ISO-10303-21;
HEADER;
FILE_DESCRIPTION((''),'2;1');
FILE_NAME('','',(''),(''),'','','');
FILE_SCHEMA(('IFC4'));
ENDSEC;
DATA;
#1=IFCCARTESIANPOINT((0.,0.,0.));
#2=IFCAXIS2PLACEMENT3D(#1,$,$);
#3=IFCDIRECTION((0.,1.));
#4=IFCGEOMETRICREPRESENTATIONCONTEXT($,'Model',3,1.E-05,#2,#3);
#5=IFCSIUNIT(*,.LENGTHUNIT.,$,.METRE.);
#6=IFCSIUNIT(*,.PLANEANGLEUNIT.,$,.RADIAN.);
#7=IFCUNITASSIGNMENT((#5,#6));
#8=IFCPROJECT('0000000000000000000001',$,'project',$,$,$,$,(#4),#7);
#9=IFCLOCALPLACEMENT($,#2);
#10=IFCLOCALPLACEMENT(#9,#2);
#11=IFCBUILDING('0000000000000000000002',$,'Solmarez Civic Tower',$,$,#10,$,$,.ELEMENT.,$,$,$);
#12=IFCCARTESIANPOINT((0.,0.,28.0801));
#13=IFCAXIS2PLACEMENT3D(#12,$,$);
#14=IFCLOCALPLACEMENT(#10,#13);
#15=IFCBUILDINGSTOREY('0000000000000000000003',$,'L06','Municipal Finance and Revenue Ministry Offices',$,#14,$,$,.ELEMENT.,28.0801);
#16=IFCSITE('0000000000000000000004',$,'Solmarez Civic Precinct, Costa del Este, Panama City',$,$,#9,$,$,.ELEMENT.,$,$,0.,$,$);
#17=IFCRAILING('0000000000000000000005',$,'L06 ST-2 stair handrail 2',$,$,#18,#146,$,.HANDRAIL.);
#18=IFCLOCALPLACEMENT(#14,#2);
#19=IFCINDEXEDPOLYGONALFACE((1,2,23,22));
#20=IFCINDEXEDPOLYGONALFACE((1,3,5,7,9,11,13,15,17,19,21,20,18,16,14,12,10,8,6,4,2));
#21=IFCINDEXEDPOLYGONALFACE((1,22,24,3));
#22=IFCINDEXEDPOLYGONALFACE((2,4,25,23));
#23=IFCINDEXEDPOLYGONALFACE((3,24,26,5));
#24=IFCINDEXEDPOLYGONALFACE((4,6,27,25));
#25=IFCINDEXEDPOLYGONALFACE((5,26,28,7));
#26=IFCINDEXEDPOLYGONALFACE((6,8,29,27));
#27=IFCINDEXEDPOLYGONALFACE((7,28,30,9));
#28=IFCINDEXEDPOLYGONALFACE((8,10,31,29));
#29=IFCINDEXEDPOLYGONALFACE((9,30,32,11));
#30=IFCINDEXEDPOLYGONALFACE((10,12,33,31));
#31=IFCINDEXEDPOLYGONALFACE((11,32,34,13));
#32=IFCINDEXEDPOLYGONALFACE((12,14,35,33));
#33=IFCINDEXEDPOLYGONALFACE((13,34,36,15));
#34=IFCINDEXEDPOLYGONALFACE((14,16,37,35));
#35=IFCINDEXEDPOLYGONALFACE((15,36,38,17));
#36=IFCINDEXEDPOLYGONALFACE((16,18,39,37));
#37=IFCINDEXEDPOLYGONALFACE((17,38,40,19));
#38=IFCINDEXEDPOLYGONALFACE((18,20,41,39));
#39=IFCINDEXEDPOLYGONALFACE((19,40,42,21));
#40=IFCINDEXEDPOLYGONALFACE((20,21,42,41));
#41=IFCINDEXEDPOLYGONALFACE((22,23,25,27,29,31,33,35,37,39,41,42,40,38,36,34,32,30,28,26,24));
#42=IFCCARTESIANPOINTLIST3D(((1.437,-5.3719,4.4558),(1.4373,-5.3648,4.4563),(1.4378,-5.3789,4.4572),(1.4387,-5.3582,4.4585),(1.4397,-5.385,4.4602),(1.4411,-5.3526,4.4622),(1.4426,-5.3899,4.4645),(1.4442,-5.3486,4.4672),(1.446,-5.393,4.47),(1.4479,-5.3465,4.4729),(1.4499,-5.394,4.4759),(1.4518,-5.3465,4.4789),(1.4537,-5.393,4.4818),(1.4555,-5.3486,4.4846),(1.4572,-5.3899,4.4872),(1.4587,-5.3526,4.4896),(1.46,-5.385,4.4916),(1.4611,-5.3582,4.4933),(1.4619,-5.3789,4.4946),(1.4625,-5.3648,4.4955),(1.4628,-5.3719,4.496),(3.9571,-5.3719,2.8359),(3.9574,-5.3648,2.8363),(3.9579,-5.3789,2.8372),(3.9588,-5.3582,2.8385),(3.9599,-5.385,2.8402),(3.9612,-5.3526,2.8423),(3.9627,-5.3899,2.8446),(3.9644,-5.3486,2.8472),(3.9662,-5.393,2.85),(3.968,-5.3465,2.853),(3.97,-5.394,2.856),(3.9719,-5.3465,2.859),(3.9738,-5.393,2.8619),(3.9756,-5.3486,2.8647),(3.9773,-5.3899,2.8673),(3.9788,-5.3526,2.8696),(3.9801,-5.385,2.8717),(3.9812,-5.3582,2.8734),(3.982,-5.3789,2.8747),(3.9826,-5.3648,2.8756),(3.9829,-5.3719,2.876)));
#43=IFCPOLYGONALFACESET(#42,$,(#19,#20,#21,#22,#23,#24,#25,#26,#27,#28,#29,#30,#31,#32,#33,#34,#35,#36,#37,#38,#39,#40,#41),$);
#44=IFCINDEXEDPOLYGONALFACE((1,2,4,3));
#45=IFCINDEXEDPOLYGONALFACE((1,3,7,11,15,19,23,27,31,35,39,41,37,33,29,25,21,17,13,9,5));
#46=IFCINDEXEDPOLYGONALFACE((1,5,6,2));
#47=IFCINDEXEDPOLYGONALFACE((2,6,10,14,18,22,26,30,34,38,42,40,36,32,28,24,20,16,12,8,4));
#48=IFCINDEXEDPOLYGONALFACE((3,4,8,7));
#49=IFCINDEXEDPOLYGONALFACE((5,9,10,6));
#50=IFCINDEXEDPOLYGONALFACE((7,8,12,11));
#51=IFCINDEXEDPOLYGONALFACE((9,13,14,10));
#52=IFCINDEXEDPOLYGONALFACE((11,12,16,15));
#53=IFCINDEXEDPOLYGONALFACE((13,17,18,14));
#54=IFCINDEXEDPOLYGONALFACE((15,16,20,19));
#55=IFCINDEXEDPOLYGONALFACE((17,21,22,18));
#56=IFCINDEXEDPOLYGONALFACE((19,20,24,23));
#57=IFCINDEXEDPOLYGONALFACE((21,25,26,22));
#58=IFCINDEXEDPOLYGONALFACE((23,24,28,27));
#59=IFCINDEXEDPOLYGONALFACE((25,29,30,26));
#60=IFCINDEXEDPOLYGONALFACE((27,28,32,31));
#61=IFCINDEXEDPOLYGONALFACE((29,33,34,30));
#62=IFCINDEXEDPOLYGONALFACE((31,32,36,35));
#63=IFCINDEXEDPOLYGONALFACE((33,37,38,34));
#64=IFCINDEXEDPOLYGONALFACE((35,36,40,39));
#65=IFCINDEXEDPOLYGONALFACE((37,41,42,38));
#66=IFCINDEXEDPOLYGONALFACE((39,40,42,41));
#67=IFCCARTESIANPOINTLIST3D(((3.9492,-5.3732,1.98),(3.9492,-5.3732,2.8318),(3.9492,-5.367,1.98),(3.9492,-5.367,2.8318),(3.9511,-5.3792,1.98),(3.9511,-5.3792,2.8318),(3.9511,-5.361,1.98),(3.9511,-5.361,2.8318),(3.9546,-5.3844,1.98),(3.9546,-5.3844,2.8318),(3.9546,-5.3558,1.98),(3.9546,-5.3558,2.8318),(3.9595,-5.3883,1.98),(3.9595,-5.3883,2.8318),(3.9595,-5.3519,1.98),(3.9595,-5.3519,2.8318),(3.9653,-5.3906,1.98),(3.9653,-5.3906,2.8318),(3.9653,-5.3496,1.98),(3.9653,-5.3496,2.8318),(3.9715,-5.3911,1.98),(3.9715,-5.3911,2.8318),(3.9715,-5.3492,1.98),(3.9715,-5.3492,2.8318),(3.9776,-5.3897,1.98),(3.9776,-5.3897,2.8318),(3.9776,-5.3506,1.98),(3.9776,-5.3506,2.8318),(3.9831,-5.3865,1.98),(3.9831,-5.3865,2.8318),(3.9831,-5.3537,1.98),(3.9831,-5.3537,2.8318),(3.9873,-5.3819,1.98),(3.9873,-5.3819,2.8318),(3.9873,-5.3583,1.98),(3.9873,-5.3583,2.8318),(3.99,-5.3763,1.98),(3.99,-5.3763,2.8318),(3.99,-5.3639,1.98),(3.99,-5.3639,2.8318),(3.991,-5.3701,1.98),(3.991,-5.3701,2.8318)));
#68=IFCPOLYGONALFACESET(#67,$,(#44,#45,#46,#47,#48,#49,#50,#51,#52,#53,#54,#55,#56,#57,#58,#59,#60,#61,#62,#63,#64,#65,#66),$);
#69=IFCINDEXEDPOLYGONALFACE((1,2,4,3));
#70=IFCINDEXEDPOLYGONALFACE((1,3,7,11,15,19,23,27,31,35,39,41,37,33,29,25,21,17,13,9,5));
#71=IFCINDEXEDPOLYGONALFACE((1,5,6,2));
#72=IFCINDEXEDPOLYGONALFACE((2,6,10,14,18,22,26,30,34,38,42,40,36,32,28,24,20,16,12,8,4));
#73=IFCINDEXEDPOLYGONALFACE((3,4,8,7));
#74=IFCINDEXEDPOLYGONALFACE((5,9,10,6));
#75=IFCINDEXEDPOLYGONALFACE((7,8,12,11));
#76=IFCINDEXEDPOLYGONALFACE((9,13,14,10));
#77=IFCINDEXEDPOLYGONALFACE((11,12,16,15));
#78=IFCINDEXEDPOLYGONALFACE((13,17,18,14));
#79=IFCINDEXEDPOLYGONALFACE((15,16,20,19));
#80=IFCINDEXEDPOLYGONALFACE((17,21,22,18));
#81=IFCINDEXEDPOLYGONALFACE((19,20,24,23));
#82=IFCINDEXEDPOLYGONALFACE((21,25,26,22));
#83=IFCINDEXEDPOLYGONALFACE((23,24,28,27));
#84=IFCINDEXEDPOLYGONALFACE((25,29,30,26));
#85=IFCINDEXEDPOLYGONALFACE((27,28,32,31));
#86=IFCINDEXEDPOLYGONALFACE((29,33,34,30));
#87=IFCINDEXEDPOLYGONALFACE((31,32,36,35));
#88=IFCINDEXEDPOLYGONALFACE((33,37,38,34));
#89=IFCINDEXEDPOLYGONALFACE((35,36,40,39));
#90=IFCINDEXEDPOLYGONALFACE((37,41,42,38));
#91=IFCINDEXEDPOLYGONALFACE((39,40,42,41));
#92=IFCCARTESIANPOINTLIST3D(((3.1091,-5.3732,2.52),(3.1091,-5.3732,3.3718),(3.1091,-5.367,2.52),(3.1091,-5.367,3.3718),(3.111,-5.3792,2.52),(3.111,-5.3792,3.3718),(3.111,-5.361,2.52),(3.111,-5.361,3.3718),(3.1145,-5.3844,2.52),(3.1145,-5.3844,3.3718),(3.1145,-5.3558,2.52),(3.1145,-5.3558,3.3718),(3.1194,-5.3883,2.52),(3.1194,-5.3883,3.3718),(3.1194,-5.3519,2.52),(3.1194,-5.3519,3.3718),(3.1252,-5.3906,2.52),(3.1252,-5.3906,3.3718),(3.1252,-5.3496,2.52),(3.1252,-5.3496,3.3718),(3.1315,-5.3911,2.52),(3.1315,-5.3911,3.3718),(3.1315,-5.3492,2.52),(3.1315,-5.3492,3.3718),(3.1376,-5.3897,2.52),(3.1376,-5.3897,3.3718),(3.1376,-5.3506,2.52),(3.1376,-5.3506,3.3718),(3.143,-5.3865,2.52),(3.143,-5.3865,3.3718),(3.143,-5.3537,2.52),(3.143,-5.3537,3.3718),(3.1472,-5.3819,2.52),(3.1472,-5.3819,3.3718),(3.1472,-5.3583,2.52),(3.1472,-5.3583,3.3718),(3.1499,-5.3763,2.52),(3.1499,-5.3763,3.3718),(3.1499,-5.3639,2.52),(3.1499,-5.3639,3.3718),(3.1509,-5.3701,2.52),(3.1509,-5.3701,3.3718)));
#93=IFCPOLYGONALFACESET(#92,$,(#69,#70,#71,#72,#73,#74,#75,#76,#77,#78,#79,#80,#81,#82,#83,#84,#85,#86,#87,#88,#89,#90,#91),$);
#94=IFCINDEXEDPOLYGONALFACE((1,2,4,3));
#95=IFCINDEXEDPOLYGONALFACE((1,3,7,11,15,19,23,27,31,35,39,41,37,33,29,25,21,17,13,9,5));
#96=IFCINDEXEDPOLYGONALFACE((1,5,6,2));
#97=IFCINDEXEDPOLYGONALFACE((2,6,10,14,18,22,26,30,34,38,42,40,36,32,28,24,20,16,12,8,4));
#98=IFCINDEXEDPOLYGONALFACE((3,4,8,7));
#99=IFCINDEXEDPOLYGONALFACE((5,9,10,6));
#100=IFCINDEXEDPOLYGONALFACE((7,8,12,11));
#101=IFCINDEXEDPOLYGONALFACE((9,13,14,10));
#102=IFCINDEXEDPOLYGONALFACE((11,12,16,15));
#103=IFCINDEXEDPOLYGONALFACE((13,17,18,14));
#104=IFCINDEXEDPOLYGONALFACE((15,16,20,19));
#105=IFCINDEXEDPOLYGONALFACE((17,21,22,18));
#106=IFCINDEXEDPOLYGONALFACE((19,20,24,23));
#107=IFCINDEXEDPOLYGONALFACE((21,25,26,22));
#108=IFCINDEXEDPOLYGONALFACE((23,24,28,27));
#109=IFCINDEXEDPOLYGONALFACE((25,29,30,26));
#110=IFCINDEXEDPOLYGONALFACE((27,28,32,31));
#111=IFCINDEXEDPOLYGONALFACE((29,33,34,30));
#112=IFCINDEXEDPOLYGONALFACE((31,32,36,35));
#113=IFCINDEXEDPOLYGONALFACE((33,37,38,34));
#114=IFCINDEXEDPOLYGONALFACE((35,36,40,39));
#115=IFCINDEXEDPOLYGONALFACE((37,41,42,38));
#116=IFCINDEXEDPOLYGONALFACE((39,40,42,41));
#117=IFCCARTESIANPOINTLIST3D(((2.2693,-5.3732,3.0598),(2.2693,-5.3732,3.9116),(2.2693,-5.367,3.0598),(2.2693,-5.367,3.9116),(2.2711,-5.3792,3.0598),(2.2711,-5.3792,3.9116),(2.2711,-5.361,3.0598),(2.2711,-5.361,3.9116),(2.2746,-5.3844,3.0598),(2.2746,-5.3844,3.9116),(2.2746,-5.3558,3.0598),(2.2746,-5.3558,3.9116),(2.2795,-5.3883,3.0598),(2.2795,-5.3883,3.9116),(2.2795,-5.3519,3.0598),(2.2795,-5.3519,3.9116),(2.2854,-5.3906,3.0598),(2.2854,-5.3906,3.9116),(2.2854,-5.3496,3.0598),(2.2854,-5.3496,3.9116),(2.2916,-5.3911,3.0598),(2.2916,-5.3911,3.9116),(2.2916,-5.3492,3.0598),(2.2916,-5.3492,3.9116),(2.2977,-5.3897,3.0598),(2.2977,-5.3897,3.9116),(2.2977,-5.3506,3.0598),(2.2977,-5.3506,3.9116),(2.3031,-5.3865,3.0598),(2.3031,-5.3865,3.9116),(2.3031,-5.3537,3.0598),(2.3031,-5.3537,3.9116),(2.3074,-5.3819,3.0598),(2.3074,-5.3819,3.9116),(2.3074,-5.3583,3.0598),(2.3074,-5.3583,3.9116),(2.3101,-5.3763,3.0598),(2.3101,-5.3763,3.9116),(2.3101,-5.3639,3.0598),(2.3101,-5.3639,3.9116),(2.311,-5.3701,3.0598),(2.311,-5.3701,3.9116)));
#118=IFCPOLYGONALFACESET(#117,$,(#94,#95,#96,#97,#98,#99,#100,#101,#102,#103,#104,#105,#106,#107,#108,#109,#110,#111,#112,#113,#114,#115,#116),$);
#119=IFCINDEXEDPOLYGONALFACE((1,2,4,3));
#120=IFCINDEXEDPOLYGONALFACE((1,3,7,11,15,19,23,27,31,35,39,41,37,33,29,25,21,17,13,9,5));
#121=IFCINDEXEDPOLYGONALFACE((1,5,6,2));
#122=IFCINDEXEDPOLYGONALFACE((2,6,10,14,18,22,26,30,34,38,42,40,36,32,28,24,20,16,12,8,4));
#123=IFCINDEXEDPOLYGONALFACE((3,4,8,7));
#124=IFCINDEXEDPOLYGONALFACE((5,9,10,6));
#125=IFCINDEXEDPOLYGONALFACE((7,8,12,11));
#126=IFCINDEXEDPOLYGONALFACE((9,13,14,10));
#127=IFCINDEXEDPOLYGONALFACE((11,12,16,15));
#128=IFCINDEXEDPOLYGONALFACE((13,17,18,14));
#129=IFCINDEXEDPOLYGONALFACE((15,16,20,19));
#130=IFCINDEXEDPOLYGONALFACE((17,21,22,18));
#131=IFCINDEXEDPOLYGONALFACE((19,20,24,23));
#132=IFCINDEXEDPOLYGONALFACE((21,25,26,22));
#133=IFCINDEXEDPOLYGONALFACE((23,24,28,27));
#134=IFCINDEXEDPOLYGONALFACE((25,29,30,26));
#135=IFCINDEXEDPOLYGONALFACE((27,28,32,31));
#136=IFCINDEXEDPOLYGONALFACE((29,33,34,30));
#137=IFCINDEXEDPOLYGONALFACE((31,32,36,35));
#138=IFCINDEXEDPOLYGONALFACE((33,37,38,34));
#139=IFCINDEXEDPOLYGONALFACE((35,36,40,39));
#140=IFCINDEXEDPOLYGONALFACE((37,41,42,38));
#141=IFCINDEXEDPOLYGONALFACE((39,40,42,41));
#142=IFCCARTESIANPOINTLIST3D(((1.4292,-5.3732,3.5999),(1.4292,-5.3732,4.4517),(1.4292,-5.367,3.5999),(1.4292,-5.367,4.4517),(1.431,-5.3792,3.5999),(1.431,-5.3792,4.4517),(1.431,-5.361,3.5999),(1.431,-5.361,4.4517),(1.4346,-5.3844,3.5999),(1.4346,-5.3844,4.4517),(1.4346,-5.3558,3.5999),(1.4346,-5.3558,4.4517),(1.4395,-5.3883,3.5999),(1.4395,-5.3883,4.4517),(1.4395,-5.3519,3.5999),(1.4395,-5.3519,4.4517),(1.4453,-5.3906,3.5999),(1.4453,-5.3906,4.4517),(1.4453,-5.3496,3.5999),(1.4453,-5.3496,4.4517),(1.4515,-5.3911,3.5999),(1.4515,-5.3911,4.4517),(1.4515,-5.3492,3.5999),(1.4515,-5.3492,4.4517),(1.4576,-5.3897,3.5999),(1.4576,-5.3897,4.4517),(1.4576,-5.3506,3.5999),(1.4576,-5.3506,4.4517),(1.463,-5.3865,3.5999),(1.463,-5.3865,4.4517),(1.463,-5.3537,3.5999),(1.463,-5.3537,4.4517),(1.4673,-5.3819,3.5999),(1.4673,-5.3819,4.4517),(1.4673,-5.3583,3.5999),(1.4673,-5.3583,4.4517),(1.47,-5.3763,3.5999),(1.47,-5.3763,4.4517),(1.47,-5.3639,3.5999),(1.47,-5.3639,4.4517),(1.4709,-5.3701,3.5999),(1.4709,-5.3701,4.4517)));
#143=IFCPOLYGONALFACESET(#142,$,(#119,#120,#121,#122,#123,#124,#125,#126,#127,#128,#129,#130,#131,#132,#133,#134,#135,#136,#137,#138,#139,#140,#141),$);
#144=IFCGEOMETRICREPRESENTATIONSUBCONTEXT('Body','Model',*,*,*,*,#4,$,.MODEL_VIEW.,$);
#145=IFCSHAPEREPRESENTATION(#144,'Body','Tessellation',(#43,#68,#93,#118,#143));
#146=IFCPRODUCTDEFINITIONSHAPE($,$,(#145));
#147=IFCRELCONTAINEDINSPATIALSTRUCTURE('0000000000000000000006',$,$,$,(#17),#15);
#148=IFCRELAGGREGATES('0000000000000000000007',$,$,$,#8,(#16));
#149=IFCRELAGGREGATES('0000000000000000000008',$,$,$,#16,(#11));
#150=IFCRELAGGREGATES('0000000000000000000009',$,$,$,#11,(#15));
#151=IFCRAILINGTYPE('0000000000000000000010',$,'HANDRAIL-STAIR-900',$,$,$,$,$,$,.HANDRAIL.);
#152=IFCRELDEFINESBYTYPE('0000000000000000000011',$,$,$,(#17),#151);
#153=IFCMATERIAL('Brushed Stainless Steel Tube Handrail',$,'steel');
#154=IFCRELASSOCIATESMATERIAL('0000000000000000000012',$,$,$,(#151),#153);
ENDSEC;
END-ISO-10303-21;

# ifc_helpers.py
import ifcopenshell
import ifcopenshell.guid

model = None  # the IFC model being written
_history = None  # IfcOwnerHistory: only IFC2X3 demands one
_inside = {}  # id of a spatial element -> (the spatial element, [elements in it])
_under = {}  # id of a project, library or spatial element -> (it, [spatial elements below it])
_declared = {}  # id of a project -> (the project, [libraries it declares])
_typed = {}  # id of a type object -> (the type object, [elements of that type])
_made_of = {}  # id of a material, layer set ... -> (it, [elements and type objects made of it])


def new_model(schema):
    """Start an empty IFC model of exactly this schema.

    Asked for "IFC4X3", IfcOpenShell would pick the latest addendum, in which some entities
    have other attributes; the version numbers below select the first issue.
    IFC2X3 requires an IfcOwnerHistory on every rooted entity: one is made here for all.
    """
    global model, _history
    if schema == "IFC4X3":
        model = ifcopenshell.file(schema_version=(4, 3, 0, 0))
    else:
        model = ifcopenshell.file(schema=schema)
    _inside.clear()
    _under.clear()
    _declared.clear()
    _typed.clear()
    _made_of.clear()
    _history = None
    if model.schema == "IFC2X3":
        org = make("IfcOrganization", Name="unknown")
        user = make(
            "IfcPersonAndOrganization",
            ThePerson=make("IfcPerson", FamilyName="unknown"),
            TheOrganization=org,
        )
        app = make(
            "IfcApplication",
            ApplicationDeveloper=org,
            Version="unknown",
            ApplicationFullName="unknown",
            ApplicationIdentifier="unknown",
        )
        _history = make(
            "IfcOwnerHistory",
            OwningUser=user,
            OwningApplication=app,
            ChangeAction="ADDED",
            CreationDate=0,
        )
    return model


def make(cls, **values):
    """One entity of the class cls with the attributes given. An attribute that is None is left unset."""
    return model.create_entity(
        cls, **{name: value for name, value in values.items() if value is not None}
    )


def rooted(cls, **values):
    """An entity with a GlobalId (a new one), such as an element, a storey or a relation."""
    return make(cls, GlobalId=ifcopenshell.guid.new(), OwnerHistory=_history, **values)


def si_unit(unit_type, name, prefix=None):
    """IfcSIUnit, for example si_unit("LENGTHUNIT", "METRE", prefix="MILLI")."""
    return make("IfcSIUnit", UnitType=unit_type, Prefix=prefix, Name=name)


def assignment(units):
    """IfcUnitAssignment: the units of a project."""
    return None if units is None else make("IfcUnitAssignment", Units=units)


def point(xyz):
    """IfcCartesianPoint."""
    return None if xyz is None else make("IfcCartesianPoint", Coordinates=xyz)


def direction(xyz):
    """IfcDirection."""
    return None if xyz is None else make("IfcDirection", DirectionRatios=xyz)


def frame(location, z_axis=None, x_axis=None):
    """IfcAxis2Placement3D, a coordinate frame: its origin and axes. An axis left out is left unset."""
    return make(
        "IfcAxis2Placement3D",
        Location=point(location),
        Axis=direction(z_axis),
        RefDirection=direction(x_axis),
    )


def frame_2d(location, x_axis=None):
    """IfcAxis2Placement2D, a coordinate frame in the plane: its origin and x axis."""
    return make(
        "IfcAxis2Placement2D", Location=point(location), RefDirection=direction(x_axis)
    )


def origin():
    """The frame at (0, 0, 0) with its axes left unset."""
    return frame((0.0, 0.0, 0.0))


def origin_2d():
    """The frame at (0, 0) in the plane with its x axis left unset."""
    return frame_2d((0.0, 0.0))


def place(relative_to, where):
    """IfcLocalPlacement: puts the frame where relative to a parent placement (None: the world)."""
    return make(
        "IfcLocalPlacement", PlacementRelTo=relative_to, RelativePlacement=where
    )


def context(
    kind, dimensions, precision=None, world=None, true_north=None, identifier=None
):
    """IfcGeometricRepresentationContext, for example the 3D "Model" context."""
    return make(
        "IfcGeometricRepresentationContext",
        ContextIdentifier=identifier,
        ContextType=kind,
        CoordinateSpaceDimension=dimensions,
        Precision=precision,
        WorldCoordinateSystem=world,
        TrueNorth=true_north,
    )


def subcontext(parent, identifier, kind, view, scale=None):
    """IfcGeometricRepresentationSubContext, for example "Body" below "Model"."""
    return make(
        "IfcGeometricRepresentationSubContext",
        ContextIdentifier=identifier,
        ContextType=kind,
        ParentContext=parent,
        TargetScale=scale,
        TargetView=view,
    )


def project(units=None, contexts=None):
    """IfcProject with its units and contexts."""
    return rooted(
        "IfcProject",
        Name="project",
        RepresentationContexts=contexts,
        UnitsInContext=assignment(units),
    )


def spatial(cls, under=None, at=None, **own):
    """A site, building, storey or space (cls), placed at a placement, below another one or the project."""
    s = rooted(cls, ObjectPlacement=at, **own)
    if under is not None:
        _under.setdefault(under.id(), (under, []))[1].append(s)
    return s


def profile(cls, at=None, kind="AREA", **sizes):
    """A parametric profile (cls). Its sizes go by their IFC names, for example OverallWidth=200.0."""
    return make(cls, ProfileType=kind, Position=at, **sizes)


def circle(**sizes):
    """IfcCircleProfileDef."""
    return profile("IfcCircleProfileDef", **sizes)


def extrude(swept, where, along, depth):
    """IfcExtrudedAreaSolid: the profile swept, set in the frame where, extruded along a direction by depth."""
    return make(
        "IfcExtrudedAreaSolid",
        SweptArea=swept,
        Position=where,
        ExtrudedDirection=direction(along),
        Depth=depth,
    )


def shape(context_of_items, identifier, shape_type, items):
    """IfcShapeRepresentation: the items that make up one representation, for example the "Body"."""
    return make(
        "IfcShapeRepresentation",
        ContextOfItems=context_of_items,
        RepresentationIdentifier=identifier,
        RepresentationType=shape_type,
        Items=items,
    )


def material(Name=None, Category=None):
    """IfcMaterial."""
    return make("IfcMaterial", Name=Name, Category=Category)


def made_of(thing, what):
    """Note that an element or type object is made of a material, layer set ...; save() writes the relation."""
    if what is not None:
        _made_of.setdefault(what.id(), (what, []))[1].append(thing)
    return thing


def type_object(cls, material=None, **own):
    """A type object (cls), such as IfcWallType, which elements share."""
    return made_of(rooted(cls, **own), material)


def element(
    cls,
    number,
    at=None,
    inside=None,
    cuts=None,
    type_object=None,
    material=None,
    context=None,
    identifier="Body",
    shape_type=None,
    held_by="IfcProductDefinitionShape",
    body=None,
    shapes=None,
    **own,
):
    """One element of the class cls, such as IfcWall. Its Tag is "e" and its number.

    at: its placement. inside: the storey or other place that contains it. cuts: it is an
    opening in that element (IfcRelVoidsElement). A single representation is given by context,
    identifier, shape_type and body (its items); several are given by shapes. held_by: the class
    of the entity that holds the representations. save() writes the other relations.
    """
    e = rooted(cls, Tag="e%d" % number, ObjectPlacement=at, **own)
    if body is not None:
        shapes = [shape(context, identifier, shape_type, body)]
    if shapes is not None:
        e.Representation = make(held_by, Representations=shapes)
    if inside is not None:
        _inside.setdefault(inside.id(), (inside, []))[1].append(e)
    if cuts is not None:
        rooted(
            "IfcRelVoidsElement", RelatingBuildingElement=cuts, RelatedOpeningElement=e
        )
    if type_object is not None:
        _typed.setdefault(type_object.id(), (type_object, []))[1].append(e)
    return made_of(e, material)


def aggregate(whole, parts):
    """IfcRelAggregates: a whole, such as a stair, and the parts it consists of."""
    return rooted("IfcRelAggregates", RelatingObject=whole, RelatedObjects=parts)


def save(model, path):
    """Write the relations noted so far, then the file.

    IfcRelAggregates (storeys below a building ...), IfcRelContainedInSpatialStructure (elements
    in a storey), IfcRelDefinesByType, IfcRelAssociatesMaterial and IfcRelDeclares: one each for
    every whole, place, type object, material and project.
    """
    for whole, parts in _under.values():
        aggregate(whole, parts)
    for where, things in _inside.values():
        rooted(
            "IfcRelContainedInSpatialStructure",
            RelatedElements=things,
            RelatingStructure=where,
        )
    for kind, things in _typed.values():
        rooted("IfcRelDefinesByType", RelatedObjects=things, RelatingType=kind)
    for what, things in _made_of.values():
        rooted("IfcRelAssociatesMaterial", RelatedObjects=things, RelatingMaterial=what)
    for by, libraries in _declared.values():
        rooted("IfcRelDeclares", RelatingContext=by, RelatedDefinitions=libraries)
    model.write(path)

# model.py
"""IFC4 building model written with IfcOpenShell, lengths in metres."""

from ifc_helpers import new_model, si_unit, direction, frame, origin, origin_2d, place, context, subcontext, project, spatial, circle, extrude, material, type_object, element, save


model = new_model("IFC4")

# Units and contexts
model_context = context("Model", 3, precision=1e-05, world=origin(), true_north=direction((0.0, 1.0)))
body_context = subcontext(model_context, "Body", "Model", "MODEL_VIEW")
ifc_project = project(units=[si_unit("LENGTHUNIT", "METRE"), si_unit("PLANEANGLEUNIT", "RADIAN")], contexts=[model_context])

# Site, building, storey
site_placement = place(None, origin())
site = spatial("IfcSite", under=ifc_project, at=site_placement, Name="Solmarez Civic Precinct, Costa del Este, Panama City", CompositionType="ELEMENT", RefElevation=0.0)
building_placement = place(site_placement, origin())
building = spatial("IfcBuilding", under=site, at=building_placement, Name="Solmarez Civic Tower", CompositionType="ELEMENT")
storey_placement = place(building_placement, frame((0.0, 0.0, 28.0801)))
storey = spatial("IfcBuildingStorey", under=building, at=storey_placement, Name="L06", Description="Municipal Finance and Revenue Ministry Offices", CompositionType="ELEMENT", Elevation=28.0801)

# Railing
ifc_material_1 = material(Name="Brushed Stainless Steel Tube Handrail", Category="steel")
railing_type_1 = type_object("IfcRailingType", Name="HANDRAIL-STAIR-900", PredefinedType="HANDRAIL", material=ifc_material_1)
railing_1_placement = place(storey_placement, frame((3.97, -5.3701, 1.98)))
element("IfcRailing", 1, at=railing_1_placement, inside=storey, type_object=railing_type_1, Name="L06 ST-2 stair handrail 2", PredefinedType="HANDRAIL", context=body_context, shape_type="SweptSolid", body=[
    extrude(circle(Radius=0.0239, at=origin_2d()), frame((0.0, 0.0, 0.876), z_axis=(-0.8412, 0.0, 0.540725), x_axis=(0.0, -1.0, 0.0)), (0.0, 0.0, 1.0), 2.9958),
    extrude(circle(Radius=0.021, at=origin_2d()), origin(), (0.0, 0.0, 1.0), 0.8518),
    extrude(circle(Radius=0.021, at=origin_2d()), frame((-0.8401, 0.0, 0.54)), (0.0, 0.0, 1.0), 0.8518),
    extrude(circle(Radius=0.021, at=origin_2d()), frame((-1.6799, 0.0, 1.0798)), (0.0, 0.0, 1.0), 0.8518),
    extrude(circle(Radius=0.021, at=origin_2d()), frame((-2.52, 0.0, 1.6199)), (0.0, 0.0, 1.0), 0.8518),
])

save(model, "model.ifc")
